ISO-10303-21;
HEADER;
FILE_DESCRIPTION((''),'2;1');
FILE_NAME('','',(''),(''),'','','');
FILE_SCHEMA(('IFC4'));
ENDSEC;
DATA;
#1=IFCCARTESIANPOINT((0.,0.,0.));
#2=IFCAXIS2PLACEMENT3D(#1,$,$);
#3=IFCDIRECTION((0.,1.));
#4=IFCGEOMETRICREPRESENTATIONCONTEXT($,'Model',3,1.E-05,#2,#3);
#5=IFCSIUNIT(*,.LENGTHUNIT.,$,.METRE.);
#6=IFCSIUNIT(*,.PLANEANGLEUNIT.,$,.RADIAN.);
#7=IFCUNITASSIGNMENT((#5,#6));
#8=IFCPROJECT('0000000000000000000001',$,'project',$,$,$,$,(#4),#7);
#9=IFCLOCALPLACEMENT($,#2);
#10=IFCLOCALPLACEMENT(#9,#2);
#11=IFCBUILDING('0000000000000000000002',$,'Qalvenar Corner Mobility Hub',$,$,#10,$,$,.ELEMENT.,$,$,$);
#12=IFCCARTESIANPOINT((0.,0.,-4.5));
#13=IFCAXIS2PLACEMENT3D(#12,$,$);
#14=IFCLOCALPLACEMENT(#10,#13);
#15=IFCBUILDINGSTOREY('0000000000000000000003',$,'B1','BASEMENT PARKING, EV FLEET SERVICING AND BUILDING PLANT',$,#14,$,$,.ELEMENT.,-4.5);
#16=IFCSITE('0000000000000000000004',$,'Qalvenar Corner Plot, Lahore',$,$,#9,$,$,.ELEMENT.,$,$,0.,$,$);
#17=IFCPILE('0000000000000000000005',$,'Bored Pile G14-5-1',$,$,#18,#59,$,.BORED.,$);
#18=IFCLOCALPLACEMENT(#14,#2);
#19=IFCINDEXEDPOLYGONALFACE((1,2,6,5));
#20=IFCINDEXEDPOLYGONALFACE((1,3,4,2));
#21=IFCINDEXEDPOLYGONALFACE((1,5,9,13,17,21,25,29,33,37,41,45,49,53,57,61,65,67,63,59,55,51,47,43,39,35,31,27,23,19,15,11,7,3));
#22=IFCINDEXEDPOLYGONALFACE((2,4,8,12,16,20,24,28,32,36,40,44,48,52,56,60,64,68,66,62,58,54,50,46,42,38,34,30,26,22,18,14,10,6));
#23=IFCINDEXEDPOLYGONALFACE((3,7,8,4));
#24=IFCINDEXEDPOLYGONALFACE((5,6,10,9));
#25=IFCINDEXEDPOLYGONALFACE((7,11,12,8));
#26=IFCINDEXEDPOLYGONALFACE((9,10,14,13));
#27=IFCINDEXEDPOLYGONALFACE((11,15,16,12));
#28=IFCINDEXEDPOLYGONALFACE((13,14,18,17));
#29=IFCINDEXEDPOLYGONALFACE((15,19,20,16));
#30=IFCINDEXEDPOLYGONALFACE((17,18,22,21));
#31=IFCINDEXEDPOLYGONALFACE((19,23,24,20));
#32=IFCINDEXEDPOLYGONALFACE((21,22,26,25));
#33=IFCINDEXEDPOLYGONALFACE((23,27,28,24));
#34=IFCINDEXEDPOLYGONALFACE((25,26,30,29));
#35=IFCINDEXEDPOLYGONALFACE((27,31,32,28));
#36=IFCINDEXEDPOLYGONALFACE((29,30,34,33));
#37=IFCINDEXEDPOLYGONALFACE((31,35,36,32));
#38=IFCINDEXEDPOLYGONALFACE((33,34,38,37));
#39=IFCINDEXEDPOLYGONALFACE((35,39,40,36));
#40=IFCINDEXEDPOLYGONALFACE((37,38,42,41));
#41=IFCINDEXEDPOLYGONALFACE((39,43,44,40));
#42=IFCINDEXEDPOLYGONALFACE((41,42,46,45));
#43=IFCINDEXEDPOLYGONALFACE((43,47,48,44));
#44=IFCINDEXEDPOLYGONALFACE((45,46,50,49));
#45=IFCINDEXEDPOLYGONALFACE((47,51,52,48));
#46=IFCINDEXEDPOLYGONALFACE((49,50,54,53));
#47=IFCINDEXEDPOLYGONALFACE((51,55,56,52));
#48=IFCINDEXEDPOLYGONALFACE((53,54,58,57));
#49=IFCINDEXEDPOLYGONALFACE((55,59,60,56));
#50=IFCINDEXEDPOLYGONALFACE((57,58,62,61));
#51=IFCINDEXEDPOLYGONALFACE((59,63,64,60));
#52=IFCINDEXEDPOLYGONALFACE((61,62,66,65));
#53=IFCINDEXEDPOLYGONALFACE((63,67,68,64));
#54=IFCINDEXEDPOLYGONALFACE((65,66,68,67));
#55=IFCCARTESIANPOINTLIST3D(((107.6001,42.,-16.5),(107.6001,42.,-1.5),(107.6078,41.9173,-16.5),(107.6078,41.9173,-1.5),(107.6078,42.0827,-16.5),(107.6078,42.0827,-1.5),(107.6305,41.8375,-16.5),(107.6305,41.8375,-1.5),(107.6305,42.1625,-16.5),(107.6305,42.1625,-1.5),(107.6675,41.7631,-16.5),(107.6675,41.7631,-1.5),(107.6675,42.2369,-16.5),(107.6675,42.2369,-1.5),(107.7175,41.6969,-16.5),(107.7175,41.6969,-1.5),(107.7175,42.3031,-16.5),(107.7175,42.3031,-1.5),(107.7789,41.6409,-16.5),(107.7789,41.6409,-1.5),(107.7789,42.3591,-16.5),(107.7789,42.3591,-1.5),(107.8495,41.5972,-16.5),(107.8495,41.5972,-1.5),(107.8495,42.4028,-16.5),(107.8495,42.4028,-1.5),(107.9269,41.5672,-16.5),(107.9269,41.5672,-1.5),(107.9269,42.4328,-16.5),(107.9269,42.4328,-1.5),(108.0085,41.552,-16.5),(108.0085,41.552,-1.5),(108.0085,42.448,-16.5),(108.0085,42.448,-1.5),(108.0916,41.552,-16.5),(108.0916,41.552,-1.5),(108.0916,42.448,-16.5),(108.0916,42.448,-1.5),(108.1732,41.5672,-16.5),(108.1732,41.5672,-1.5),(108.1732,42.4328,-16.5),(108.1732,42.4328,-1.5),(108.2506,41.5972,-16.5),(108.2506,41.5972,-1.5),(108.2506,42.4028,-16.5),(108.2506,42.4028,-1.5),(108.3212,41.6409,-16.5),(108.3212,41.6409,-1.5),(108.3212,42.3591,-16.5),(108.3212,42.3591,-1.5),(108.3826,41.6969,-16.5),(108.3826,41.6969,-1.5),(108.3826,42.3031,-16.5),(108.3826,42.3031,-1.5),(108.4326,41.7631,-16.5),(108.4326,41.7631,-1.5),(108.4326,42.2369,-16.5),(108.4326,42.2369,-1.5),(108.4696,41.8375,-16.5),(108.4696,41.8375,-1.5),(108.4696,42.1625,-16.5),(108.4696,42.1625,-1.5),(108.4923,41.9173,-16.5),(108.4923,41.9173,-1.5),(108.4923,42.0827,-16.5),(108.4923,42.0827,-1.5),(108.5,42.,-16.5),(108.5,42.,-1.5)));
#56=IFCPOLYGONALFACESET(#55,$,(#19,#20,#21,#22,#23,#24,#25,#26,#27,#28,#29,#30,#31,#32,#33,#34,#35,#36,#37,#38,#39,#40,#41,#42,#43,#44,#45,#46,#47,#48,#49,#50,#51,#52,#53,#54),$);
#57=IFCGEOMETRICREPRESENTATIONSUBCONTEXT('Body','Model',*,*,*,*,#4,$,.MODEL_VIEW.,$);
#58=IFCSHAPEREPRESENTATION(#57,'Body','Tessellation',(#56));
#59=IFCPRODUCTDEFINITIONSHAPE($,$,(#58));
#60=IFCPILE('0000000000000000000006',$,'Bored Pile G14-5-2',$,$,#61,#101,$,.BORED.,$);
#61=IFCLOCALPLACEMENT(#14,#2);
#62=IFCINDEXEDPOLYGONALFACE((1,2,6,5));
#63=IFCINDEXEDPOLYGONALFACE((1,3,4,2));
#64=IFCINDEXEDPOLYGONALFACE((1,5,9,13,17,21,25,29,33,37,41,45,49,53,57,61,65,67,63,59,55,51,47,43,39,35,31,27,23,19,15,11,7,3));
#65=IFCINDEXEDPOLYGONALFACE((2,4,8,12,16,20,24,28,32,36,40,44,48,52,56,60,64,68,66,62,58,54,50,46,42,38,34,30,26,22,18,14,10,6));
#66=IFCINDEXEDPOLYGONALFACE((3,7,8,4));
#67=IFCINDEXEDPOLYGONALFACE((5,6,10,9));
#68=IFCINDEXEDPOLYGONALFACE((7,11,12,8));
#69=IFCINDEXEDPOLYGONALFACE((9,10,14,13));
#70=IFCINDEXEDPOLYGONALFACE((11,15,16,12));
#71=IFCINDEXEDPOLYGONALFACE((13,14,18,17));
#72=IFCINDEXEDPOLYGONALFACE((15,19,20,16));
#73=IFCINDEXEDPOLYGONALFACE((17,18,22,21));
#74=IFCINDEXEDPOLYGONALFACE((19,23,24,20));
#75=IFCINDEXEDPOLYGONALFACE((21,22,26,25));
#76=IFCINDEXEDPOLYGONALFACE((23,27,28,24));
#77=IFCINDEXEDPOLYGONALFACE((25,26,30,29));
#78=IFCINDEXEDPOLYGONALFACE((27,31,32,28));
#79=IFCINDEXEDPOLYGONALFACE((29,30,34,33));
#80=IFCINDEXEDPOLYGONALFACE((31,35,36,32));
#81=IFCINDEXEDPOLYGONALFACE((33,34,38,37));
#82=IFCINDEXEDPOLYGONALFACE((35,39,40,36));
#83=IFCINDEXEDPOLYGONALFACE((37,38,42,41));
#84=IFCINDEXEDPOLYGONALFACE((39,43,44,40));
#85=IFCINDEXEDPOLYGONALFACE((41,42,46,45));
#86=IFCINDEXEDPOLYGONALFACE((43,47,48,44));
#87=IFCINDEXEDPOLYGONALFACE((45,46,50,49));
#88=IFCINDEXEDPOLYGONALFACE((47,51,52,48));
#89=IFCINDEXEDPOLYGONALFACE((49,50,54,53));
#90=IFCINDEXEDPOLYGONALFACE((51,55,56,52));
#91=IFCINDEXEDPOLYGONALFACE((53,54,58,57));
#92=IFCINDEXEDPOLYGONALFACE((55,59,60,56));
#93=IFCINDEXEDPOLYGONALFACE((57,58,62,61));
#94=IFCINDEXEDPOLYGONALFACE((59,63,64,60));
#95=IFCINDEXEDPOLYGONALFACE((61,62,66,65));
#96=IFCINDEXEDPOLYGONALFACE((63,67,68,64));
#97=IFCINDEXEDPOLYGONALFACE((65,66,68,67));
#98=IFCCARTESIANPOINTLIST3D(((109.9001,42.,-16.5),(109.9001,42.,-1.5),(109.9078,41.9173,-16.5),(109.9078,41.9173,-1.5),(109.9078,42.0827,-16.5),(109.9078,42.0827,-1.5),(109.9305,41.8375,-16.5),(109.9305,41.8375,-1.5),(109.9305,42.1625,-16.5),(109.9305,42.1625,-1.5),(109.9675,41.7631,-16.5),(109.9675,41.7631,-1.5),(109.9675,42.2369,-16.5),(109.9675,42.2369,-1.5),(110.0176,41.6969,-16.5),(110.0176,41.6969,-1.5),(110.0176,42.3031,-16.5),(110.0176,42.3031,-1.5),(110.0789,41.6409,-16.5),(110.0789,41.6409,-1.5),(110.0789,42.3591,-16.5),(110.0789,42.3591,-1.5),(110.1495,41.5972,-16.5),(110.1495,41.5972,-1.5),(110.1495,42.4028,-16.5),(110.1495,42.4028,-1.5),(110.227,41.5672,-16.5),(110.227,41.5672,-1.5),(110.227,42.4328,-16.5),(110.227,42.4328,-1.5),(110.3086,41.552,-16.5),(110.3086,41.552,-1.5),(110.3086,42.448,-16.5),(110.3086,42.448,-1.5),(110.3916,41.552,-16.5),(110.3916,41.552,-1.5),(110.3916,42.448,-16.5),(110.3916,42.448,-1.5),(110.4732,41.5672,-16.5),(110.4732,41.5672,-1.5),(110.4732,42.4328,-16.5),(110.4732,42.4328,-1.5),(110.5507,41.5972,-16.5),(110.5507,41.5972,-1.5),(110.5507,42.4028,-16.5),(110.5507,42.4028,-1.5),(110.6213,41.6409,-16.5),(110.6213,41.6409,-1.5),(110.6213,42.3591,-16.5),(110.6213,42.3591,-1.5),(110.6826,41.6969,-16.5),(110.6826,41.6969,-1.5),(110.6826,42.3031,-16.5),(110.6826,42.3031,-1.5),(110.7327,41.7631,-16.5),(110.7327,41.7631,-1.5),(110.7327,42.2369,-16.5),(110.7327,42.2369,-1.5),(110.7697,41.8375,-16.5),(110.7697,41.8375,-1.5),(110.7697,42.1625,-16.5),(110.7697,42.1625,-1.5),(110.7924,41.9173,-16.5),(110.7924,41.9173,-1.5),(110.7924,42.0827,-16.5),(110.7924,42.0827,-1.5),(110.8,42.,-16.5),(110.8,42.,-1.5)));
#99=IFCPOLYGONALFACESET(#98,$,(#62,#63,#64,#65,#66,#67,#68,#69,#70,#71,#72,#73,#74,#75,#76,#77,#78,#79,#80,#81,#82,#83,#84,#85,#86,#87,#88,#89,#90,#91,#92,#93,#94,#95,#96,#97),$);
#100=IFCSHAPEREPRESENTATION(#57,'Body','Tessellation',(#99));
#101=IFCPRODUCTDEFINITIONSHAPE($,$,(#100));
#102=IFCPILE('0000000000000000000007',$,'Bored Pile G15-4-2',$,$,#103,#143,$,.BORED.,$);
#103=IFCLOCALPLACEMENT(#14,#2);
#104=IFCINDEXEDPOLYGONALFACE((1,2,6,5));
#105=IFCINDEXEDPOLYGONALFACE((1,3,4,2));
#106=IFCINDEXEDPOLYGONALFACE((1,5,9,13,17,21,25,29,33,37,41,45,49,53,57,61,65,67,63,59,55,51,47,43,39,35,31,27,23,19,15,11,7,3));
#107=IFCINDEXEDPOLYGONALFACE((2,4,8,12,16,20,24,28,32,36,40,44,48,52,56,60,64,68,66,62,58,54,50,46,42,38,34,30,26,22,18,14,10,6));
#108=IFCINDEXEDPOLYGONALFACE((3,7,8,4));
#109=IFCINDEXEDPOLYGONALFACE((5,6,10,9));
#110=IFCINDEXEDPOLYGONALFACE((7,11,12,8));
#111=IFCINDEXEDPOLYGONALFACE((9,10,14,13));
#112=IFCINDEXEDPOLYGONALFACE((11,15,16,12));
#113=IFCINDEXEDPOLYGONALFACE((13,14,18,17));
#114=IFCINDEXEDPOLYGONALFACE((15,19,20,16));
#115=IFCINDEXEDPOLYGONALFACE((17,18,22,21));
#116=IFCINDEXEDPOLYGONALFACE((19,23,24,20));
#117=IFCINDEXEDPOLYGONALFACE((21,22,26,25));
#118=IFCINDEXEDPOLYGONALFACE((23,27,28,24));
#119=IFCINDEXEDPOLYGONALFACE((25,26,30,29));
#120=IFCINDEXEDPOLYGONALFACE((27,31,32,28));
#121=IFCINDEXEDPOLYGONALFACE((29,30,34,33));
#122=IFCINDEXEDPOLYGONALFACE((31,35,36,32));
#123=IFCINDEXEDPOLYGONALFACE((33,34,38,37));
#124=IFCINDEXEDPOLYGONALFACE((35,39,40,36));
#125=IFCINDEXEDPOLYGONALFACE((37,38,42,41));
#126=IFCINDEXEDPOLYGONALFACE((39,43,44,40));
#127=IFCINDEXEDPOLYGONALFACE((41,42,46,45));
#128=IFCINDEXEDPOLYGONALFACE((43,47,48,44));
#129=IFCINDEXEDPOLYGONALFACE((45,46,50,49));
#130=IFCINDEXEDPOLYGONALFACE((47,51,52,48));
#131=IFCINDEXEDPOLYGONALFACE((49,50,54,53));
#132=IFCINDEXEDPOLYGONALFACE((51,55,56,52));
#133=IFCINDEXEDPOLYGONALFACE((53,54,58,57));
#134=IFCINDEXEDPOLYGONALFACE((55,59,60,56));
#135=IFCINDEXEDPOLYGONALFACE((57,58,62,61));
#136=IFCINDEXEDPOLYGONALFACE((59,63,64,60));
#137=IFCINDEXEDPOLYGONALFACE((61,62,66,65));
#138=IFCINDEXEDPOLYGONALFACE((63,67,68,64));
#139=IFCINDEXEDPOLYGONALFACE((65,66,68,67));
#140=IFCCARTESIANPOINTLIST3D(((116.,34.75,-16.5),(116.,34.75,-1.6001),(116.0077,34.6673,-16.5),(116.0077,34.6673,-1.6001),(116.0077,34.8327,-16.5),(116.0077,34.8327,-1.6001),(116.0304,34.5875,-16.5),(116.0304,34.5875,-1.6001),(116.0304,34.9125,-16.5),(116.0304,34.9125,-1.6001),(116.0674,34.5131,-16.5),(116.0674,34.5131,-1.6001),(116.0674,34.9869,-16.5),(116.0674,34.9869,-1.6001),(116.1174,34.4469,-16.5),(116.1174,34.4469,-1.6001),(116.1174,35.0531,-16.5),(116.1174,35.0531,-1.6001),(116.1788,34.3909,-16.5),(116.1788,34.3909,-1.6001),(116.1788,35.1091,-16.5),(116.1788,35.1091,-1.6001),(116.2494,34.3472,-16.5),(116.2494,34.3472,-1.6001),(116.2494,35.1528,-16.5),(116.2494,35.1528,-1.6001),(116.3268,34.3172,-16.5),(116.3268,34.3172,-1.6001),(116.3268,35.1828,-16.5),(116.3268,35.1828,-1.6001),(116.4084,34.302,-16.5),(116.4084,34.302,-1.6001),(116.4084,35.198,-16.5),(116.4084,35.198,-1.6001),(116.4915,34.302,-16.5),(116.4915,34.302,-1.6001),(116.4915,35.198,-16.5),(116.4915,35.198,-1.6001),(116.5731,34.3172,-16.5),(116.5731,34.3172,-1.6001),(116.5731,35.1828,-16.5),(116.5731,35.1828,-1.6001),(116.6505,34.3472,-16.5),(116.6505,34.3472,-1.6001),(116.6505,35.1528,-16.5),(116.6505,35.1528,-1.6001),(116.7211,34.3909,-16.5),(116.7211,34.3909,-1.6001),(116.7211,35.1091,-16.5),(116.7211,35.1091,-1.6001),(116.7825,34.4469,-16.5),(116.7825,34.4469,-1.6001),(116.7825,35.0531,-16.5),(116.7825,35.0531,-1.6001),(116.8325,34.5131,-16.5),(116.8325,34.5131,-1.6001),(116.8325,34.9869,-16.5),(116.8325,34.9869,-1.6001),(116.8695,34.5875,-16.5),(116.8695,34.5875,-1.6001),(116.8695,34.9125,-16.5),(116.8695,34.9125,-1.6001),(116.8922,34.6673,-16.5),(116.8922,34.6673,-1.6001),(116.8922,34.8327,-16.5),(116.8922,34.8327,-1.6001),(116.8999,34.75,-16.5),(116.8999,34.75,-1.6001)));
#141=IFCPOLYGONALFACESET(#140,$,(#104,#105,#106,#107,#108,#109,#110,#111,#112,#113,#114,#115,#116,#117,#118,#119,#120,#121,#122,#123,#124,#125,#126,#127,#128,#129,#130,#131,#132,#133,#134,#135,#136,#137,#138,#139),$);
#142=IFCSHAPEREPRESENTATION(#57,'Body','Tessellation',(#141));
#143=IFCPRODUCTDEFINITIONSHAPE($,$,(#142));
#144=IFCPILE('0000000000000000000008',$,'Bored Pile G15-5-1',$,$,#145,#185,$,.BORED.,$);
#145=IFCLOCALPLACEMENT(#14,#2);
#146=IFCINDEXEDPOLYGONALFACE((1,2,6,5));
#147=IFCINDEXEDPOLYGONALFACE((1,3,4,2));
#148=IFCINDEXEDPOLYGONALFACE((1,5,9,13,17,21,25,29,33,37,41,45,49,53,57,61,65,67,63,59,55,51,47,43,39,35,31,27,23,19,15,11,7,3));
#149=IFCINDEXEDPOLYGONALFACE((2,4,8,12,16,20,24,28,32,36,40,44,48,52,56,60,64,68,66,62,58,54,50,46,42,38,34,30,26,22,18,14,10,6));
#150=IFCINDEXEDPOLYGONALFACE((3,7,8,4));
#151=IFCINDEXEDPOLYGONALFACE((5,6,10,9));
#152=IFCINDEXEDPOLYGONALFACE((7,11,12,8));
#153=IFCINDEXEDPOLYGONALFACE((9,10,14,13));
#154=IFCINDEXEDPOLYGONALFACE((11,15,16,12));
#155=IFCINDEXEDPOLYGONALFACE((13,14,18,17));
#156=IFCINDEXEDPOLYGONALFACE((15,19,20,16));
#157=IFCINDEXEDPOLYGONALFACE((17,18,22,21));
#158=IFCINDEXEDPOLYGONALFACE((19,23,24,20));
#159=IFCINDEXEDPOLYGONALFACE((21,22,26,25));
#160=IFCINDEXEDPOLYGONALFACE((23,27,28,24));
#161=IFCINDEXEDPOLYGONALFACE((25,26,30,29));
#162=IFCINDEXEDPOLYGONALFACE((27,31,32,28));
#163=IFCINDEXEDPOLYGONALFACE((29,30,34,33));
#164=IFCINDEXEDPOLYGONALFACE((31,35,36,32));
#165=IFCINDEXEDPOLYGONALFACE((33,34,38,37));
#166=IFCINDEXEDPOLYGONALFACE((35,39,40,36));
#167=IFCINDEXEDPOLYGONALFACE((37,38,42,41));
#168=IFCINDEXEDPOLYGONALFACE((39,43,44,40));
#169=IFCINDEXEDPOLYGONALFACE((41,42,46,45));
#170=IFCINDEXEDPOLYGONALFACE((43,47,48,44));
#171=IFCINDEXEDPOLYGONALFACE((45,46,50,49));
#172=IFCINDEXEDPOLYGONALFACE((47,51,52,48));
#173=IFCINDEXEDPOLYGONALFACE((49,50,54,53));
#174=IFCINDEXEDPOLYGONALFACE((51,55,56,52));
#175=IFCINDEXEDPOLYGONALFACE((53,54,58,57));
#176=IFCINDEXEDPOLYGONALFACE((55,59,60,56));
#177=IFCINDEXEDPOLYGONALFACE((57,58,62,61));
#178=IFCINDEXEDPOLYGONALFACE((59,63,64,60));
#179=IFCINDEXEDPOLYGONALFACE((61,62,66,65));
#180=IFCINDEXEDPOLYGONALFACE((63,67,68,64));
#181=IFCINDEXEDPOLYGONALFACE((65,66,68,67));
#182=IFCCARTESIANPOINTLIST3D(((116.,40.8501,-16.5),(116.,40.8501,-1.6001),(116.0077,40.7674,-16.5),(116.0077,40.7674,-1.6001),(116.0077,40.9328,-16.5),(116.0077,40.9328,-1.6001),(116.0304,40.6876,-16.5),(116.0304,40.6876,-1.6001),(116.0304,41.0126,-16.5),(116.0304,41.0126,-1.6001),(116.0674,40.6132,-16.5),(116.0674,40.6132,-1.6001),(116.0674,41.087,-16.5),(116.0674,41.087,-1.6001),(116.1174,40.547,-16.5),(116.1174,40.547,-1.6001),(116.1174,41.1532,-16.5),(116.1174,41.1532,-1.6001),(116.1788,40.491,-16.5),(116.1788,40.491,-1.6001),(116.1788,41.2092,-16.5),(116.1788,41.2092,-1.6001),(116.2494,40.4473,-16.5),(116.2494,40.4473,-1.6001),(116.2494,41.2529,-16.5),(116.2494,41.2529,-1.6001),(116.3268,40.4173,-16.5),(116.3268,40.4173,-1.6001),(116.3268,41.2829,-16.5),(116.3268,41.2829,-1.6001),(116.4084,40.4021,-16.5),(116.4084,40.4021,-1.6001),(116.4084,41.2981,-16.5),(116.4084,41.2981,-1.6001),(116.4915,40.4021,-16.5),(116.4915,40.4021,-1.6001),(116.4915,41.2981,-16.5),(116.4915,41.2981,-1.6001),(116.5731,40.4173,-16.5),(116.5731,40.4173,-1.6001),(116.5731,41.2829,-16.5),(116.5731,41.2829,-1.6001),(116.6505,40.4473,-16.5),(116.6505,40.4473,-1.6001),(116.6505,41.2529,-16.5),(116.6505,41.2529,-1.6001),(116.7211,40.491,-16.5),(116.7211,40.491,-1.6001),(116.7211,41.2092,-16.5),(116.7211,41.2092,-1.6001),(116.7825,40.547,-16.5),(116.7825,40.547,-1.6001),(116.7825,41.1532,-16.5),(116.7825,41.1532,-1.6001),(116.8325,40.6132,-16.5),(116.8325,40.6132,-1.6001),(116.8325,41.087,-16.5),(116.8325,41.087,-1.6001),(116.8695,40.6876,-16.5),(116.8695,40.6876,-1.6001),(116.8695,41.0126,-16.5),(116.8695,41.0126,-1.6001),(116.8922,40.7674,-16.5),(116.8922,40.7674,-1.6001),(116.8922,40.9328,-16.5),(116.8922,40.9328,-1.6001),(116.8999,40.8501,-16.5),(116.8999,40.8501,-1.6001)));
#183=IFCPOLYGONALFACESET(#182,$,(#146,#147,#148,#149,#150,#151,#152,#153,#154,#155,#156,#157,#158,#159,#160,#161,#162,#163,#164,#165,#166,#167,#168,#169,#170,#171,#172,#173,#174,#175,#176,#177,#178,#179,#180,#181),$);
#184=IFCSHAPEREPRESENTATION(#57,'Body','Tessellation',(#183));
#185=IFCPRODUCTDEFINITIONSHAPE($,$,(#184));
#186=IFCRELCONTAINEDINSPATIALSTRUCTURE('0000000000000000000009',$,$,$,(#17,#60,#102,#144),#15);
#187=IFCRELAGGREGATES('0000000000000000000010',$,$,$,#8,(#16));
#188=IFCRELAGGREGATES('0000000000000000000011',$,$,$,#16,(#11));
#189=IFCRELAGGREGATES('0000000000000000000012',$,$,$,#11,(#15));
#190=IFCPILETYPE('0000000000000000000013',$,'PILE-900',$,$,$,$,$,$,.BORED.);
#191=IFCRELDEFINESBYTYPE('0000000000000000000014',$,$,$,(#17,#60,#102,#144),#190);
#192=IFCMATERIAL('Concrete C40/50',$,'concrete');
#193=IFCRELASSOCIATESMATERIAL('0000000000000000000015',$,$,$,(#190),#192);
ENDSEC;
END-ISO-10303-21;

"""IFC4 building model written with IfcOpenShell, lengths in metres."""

from ifc_helpers import new_model, si_unit, direction, frame, origin, origin_2d, place, context, subcontext, project, spatial, circle, extrude, material, material_profile, profile_set, type_object, element, save


model = new_model("IFC4")

# Units and contexts
model_context = context("Model", 3, precision=1e-05, world=origin(), true_north=direction((0.0, 1.0)))
body_context = subcontext(model_context, "Body", "Model", "MODEL_VIEW")
ifc_project = project(units=[si_unit("LENGTHUNIT", "METRE"), si_unit("PLANEANGLEUNIT", "RADIAN")], contexts=[model_context])

# Site, building, storey
site_placement = place(None, origin())
site = spatial("IfcSite", under=ifc_project, at=site_placement, Name="Qalvenar Corner Plot, Lahore", CompositionType="ELEMENT", RefElevation=0.0)
building_placement = place(site_placement, origin())
building = spatial("IfcBuilding", under=site, at=building_placement, Name="Qalvenar Corner Mobility Hub", CompositionType="ELEMENT")
storey_placement = place(building_placement, frame((0.0, 0.0, -4.5)))
storey = spatial("IfcBuildingStorey", under=building, at=storey_placement, Name="B1", Description="BASEMENT PARKING, EV FLEET SERVICING AND BUILDING PLANT", CompositionType="ELEMENT", Elevation=-4.5)

# Shared definitions
ifc_material_1 = material(Name="Concrete C40/50", Category="concrete")

# Piles
ifc_material_profile_1 = material_profile(ifc_material_1, circle(Radius=0.45, at=origin_2d()), Name="DIA900")
ifc_profile_set_1 = profile_set([ifc_material_profile_1], Name="Concrete C40/50")
pile_type_1 = type_object("IfcPileType", Name="PILE-900", PredefinedType="BORED", material=ifc_profile_set_1)
for number, where, z_axis, x_axis, name in (
    (1, (108.05, 42.0, -1.5), (0.0, 0.0, -1.0), (1.0, 0.0, 0.0), "Bored Pile G14-5-1"),
    (2, (110.3501, 42.0, -1.5), (0.0, 0.0, -1.0), (1.0, 0.0, 0.0), "Bored Pile G14-5-2"),
):
    element("IfcPile", number, at=place(storey_placement, frame(where, z_axis=z_axis, x_axis=x_axis)), inside=storey, type_object=pile_type_1, Name=name, PredefinedType="BORED", context=body_context, shape_type="SweptSolid", body=[
        extrude(circle(Radius=0.45, at=origin_2d()), origin(), (0.0, 0.0, 1.0), 15.0),
    ])
for number, where, z_axis, x_axis, name in (
    (3, (116.45, 34.75, -1.6001), (0.0, 0.0, -1.0), (1.0, 0.0, 0.0), "Bored Pile G15-4-2"),
    (4, (116.45, 40.8501, -1.6001), (0.0, 0.0, -1.0), (1.0, 0.0, 0.0), "Bored Pile G15-5-1"),
):
    element("IfcPile", number, at=place(storey_placement, frame(where, z_axis=z_axis, x_axis=x_axis)), inside=storey, type_object=pile_type_1, Name=name, PredefinedType="BORED", context=body_context, shape_type="SweptSolid", body=[
        extrude(circle(Radius=0.45, at=origin_2d()), origin(), (0.0, 0.0, 1.0), 14.8999),
    ])

save(model, "model.ifc")
